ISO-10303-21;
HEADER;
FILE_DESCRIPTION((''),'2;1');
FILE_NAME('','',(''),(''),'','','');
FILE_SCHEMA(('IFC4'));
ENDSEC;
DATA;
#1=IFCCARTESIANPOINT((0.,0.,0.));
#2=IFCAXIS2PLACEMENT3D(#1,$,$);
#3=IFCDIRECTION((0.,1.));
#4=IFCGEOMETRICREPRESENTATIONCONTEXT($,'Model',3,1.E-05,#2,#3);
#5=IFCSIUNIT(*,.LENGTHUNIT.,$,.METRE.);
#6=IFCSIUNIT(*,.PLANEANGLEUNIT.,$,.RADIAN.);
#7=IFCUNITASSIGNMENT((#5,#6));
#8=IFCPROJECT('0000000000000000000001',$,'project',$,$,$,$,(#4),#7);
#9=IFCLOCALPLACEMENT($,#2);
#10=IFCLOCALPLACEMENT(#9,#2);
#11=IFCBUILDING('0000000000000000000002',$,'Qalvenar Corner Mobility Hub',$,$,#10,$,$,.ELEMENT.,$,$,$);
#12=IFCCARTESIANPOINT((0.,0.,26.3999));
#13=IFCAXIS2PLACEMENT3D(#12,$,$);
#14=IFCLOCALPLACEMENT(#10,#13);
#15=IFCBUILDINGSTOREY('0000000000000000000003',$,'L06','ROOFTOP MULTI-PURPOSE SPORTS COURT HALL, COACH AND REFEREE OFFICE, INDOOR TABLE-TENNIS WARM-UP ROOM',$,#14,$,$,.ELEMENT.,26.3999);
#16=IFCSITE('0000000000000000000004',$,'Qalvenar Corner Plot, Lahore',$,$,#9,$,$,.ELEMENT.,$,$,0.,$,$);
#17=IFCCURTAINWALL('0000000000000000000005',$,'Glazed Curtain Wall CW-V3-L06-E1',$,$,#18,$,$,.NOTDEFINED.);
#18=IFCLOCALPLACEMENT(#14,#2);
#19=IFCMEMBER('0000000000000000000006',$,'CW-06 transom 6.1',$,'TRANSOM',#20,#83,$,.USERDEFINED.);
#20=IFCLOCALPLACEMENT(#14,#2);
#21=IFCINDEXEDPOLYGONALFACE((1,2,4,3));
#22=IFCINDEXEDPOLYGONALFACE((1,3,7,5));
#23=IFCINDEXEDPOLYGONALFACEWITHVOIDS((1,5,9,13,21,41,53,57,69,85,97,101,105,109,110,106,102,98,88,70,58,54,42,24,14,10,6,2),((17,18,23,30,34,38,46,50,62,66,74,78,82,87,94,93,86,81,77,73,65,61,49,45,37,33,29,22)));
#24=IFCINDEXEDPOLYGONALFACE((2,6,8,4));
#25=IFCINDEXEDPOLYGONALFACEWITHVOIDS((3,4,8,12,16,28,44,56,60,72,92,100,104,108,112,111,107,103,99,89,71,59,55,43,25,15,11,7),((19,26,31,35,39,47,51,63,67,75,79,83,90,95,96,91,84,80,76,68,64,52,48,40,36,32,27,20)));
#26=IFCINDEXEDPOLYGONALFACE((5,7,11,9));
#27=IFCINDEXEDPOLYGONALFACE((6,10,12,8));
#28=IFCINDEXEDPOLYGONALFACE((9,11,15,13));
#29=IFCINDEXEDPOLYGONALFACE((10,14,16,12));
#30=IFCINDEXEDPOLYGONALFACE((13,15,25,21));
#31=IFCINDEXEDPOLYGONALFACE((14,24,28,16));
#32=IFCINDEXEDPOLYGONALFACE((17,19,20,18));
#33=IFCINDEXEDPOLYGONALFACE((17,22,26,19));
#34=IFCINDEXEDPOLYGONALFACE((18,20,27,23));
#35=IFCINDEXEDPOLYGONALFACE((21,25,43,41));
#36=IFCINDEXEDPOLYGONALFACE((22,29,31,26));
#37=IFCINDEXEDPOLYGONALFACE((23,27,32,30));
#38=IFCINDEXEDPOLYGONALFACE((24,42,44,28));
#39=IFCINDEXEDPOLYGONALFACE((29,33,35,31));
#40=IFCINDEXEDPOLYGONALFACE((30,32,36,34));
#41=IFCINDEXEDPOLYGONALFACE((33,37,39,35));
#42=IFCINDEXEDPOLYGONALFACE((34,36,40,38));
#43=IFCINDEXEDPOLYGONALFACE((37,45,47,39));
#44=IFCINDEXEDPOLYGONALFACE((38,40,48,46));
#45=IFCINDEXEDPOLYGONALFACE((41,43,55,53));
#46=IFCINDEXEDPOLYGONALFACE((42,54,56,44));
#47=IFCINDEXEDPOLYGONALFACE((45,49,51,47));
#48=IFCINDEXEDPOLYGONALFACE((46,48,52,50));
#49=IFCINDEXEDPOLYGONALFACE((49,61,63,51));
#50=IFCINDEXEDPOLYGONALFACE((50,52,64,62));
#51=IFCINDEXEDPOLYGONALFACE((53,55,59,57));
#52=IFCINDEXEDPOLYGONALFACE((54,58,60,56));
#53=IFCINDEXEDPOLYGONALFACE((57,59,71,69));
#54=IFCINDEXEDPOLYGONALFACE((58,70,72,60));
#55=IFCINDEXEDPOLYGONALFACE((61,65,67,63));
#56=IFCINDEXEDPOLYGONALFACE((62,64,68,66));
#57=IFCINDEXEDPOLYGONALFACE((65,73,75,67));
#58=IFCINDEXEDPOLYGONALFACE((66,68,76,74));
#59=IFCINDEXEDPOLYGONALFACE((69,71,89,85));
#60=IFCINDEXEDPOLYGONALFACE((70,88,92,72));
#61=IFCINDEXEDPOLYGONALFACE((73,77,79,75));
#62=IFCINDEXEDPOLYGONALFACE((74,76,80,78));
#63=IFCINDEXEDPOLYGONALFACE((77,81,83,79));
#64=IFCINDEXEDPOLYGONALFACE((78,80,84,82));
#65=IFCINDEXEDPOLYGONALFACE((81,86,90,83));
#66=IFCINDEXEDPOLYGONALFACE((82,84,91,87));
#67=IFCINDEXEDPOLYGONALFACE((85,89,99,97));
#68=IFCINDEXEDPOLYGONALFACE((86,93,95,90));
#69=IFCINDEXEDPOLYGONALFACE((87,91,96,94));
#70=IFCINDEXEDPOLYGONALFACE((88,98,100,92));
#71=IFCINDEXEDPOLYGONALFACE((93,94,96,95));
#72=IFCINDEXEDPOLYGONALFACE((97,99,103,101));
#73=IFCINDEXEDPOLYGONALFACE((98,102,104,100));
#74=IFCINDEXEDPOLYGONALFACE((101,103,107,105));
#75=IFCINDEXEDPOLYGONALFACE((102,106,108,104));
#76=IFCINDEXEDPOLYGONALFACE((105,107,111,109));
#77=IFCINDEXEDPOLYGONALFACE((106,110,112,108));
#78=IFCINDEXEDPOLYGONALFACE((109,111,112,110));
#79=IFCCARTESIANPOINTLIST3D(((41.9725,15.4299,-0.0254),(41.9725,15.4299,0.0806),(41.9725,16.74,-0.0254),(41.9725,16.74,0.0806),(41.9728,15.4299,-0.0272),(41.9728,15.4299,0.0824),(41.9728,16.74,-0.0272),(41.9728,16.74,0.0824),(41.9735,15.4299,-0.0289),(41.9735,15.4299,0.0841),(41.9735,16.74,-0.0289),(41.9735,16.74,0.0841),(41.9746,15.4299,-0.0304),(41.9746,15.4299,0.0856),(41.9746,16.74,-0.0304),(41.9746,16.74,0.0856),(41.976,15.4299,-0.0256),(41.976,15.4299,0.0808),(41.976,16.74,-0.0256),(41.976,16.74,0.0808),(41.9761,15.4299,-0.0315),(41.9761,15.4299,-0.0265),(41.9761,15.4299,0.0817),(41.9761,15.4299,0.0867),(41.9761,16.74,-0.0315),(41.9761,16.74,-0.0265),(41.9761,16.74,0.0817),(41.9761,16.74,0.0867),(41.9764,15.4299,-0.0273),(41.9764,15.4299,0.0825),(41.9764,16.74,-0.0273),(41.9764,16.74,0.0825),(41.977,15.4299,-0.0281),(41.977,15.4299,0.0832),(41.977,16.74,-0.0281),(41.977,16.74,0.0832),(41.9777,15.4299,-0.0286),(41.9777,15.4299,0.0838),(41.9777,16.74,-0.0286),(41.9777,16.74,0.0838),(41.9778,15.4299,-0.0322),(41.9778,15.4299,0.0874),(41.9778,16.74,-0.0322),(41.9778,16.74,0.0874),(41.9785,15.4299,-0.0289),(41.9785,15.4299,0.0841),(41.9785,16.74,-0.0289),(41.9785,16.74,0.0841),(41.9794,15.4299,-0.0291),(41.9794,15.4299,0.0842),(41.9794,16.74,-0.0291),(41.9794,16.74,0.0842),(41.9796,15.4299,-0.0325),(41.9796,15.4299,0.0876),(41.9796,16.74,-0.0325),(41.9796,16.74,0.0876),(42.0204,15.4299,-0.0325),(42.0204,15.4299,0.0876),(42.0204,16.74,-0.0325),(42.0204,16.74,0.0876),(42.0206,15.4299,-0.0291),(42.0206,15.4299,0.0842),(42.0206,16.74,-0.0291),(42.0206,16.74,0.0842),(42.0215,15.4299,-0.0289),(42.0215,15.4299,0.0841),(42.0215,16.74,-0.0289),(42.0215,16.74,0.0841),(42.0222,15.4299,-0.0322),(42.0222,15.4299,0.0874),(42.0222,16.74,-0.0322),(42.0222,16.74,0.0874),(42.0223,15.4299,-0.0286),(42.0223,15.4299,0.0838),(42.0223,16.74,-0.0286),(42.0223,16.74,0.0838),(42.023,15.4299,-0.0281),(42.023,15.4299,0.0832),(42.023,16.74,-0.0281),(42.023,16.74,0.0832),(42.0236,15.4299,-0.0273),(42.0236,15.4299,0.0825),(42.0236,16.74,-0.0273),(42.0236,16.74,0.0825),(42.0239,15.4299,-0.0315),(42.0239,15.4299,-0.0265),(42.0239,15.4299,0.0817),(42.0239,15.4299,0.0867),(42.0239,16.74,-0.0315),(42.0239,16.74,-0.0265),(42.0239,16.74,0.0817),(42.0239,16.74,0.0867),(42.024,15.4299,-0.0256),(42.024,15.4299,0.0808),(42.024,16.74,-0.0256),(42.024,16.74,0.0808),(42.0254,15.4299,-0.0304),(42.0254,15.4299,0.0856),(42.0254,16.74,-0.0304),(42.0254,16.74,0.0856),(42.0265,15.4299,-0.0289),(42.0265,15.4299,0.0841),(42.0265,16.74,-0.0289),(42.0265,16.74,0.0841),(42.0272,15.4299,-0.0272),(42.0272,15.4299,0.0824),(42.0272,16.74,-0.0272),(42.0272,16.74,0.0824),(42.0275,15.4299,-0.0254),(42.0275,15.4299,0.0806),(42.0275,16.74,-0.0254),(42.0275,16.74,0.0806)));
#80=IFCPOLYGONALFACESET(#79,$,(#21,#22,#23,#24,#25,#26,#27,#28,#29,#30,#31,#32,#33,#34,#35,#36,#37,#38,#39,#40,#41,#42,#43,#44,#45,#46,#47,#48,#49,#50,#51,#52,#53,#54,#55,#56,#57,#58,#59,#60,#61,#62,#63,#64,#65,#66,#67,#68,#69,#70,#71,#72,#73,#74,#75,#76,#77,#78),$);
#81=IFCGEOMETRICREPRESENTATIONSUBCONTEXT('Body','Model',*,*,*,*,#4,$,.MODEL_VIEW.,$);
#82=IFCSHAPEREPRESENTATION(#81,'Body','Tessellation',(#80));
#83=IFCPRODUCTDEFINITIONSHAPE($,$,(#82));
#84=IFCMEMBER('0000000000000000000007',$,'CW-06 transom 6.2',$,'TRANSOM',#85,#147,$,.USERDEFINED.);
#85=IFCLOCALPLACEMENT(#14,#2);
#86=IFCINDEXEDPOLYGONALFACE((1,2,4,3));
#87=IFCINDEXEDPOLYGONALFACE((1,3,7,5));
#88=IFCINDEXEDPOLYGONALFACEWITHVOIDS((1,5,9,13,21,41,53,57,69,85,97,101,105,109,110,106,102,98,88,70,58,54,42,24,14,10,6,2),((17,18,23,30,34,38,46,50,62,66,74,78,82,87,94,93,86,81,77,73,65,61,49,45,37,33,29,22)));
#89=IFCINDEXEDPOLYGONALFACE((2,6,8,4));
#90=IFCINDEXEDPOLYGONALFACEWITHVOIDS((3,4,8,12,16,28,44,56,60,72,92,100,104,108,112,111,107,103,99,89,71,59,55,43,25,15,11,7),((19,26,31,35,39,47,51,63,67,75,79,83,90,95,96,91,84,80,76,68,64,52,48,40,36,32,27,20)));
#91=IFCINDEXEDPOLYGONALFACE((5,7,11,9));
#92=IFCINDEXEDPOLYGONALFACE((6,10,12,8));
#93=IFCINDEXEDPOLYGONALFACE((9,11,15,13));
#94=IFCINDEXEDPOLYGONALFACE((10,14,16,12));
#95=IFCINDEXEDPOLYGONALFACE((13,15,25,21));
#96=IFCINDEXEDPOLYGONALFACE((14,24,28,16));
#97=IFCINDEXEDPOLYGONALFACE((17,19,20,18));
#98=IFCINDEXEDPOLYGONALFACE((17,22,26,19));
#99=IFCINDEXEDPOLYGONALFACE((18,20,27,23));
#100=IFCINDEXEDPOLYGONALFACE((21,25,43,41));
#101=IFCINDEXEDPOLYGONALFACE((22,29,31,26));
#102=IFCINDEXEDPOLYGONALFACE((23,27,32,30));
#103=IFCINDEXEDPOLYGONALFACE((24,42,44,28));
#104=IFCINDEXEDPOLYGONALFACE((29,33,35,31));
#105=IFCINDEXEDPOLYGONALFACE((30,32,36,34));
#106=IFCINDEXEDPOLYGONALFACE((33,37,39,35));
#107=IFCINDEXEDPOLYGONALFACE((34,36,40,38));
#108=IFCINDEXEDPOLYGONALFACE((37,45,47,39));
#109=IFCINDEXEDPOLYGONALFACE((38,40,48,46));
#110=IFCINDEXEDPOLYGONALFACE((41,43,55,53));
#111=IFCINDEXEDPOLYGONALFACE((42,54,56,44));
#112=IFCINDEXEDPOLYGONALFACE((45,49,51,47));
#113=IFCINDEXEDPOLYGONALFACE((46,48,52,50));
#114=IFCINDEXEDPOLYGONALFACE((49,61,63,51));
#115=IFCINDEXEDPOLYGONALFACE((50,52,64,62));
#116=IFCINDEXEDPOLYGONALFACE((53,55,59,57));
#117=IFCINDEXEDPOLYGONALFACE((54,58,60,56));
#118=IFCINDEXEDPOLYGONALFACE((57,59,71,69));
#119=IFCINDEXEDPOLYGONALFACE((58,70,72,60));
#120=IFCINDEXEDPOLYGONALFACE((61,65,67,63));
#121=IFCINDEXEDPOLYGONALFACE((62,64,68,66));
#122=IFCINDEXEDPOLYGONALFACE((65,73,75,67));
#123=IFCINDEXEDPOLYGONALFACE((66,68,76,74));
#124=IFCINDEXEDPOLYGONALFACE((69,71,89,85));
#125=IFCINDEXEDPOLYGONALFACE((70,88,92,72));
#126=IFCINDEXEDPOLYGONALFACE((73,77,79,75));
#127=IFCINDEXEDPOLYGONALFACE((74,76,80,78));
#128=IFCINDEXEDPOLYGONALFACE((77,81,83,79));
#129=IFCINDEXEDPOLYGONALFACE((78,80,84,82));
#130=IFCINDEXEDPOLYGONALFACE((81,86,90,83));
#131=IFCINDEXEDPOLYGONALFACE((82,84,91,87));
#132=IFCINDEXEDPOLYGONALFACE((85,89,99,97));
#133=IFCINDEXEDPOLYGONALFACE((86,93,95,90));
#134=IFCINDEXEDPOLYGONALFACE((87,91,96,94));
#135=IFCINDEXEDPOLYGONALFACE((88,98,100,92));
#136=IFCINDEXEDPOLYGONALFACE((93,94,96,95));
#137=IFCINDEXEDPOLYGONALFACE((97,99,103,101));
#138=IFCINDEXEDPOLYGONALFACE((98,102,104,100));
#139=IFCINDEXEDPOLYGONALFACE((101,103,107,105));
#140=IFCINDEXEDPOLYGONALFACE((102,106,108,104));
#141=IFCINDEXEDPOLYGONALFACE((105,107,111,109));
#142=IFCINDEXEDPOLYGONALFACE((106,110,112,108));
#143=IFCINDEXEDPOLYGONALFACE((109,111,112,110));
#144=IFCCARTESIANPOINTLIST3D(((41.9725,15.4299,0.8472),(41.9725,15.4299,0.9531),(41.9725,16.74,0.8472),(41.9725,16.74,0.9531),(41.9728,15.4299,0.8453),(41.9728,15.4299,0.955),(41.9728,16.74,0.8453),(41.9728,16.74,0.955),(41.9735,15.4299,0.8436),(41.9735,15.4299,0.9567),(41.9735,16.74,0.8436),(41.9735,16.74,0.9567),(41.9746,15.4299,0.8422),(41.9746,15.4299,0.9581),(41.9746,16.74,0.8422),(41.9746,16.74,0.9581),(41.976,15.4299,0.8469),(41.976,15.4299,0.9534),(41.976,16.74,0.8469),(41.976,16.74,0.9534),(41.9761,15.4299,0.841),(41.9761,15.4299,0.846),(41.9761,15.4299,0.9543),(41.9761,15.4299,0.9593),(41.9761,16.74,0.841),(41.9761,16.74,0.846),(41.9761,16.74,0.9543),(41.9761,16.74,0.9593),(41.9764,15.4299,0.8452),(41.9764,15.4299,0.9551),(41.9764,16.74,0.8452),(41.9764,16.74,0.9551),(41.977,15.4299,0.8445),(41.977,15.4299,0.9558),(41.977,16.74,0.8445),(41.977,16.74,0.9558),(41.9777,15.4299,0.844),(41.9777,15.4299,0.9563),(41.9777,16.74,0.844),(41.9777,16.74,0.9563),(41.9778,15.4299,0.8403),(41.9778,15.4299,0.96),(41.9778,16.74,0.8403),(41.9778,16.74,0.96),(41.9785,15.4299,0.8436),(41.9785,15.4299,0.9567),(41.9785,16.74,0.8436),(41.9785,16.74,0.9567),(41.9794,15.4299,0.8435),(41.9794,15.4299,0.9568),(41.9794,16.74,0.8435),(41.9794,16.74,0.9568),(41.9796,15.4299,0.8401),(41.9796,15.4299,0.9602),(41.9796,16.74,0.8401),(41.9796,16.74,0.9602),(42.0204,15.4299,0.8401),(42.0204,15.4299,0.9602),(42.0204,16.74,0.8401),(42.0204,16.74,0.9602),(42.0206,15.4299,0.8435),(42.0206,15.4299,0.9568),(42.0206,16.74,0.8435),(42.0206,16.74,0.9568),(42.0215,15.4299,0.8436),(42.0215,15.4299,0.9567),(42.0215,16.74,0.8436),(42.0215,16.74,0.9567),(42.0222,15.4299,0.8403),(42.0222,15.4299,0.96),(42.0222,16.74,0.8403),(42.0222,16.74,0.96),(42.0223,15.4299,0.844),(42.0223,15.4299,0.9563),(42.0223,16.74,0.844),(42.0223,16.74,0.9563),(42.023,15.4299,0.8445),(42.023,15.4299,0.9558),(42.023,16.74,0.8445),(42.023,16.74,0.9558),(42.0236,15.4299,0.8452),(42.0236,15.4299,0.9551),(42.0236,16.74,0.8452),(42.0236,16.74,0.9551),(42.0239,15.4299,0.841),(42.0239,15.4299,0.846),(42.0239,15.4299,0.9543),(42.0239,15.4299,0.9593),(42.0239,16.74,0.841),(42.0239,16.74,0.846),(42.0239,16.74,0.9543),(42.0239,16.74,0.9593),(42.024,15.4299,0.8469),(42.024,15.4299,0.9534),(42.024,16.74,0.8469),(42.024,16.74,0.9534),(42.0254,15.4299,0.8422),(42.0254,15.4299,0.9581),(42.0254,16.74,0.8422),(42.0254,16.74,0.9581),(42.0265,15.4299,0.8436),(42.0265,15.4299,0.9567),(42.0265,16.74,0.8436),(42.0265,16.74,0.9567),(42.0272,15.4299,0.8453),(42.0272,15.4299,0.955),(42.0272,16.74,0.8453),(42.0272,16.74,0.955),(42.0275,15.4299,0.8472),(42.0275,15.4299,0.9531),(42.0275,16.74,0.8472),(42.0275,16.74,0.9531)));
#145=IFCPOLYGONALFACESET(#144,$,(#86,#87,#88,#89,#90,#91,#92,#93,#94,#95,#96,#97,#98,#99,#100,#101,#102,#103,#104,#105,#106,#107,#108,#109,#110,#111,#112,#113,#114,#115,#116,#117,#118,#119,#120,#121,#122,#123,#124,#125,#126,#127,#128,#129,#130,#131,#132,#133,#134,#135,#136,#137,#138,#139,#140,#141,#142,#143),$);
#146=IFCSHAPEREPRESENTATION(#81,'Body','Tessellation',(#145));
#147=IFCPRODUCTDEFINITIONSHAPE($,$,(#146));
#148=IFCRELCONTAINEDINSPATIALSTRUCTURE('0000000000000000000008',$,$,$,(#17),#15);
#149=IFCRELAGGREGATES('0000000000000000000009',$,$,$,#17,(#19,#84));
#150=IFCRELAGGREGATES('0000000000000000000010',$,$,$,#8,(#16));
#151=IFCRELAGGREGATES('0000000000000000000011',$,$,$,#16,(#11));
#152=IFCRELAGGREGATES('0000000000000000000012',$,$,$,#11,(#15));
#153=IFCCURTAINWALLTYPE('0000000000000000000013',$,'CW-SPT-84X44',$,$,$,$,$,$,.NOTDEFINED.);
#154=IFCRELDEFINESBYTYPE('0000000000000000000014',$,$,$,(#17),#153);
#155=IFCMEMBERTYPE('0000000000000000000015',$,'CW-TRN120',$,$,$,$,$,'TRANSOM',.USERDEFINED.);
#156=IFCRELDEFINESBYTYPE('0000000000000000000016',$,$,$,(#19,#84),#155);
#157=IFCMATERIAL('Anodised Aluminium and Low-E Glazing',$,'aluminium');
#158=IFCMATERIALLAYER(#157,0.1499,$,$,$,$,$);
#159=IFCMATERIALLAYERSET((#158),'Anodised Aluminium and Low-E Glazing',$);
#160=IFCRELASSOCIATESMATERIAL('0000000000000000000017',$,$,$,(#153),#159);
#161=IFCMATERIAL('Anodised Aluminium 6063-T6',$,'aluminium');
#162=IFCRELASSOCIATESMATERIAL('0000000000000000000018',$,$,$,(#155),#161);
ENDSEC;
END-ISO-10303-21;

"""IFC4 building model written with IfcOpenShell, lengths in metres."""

from ifc_helpers import new_model, si_unit, direction, frame, origin, origin_2d, place, context, subcontext, project, spatial, hollow_rectangle, extrude, material, layer, layer_set, material_profile, profile_set, type_object, element, aggregate, save


model = new_model("IFC4")

# Units and contexts
model_context = context("Model", 3, precision=1e-05, world=origin(), true_north=direction((0.0, 1.0)))
body_context = subcontext(model_context, "Body", "Model", "MODEL_VIEW")
ifc_project = project(units=[si_unit("LENGTHUNIT", "METRE"), si_unit("PLANEANGLEUNIT", "RADIAN")], contexts=[model_context])

# Site, building, storey
site_placement = place(None, origin())
site = spatial("IfcSite", under=ifc_project, at=site_placement, Name="Qalvenar Corner Plot, Lahore", CompositionType="ELEMENT", RefElevation=0.0)
building_placement = place(site_placement, origin())
building = spatial("IfcBuilding", under=site, at=building_placement, Name="Qalvenar Corner Mobility Hub", CompositionType="ELEMENT")
storey_placement = place(building_placement, frame((0.0, 0.0, 26.3999)))
storey = spatial("IfcBuildingStorey", under=building, at=storey_placement, Name="L06", Description="ROOFTOP MULTI-PURPOSE SPORTS COURT HALL, COACH AND REFEREE OFFICE, INDOOR TABLE-TENNIS WARM-UP ROOM", CompositionType="ELEMENT", Elevation=26.3999)

# Curtain wall, members
ifc_material_1 = material(Name="Anodised Aluminium and Low-E Glazing", Category="aluminium")
ifc_layer_1 = layer(ifc_material_1, 0.1499)
ifc_layer_set_1 = layer_set([ifc_layer_1], Name="Anodised Aluminium and Low-E Glazing")
curtain_wall_type = type_object("IfcCurtainWallType", Name="CW-SPT-84X44", PredefinedType="NOTDEFINED", material=ifc_layer_set_1)
curtain_wall_placement = place(storey_placement, origin())
curtain_wall = element("IfcCurtainWall", 1, at=curtain_wall_placement, inside=storey, type_object=curtain_wall_type, Name="Glazed Curtain Wall CW-V3-L06-E1", PredefinedType="NOTDEFINED")
ifc_material_2 = material(Name="Anodised Aluminium 6063-T6", Category="aluminium")
ifc_material_profile_1 = material_profile(ifc_material_2, hollow_rectangle(XDim=0.0549, YDim=0.1201, WallThickness=0.0034, InnerFilletRadius=0.0034, OuterFilletRadius=0.0071, at=origin_2d()), Name="RHS120x55x3.5")
ifc_profile_set_1 = profile_set([ifc_material_profile_1], Name="Anodised Aluminium 6063-T6")
member_type_1 = type_object("IfcMemberType", Name="CW-TRN120", ElementType="TRANSOM", PredefinedType="USERDEFINED", material=ifc_profile_set_1)
member_1_placement = place(storey_placement, frame((42.0, 15.4299, 0.0276), z_axis=(0.0, 1.0, 0.0), x_axis=(-1.0, 0.0, 0.0)))
member_1 = element("IfcMember", 2, at=member_1_placement, type_object=member_type_1, Name="CW-06 transom 6.1", ObjectType="TRANSOM", PredefinedType="USERDEFINED", context=body_context, shape_type="SweptSolid", body=[
    extrude(hollow_rectangle(XDim=0.0549, YDim=0.1201, WallThickness=0.0034, InnerFilletRadius=0.0034, OuterFilletRadius=0.0071, at=origin_2d()), origin(), (0.0, 0.0, 1.0), 1.3101),
])
member_2_placement = place(storey_placement, frame((42.0, 15.4299, 0.9001), z_axis=(0.0, 1.0, 0.0), x_axis=(-1.0, 0.0, 0.0)))
member_2 = element("IfcMember", 3, at=member_2_placement, type_object=member_type_1, Name="CW-06 transom 6.2", ObjectType="TRANSOM", PredefinedType="USERDEFINED", context=body_context, shape_type="SweptSolid", body=[
    extrude(hollow_rectangle(XDim=0.0549, YDim=0.1201, WallThickness=0.0034, InnerFilletRadius=0.0034, OuterFilletRadius=0.0071, at=origin_2d()), origin(), (0.0, 0.0, 1.0), 1.3101),
])
aggregate(curtain_wall, [member_1, member_2])

save(model, "model.ifc")
